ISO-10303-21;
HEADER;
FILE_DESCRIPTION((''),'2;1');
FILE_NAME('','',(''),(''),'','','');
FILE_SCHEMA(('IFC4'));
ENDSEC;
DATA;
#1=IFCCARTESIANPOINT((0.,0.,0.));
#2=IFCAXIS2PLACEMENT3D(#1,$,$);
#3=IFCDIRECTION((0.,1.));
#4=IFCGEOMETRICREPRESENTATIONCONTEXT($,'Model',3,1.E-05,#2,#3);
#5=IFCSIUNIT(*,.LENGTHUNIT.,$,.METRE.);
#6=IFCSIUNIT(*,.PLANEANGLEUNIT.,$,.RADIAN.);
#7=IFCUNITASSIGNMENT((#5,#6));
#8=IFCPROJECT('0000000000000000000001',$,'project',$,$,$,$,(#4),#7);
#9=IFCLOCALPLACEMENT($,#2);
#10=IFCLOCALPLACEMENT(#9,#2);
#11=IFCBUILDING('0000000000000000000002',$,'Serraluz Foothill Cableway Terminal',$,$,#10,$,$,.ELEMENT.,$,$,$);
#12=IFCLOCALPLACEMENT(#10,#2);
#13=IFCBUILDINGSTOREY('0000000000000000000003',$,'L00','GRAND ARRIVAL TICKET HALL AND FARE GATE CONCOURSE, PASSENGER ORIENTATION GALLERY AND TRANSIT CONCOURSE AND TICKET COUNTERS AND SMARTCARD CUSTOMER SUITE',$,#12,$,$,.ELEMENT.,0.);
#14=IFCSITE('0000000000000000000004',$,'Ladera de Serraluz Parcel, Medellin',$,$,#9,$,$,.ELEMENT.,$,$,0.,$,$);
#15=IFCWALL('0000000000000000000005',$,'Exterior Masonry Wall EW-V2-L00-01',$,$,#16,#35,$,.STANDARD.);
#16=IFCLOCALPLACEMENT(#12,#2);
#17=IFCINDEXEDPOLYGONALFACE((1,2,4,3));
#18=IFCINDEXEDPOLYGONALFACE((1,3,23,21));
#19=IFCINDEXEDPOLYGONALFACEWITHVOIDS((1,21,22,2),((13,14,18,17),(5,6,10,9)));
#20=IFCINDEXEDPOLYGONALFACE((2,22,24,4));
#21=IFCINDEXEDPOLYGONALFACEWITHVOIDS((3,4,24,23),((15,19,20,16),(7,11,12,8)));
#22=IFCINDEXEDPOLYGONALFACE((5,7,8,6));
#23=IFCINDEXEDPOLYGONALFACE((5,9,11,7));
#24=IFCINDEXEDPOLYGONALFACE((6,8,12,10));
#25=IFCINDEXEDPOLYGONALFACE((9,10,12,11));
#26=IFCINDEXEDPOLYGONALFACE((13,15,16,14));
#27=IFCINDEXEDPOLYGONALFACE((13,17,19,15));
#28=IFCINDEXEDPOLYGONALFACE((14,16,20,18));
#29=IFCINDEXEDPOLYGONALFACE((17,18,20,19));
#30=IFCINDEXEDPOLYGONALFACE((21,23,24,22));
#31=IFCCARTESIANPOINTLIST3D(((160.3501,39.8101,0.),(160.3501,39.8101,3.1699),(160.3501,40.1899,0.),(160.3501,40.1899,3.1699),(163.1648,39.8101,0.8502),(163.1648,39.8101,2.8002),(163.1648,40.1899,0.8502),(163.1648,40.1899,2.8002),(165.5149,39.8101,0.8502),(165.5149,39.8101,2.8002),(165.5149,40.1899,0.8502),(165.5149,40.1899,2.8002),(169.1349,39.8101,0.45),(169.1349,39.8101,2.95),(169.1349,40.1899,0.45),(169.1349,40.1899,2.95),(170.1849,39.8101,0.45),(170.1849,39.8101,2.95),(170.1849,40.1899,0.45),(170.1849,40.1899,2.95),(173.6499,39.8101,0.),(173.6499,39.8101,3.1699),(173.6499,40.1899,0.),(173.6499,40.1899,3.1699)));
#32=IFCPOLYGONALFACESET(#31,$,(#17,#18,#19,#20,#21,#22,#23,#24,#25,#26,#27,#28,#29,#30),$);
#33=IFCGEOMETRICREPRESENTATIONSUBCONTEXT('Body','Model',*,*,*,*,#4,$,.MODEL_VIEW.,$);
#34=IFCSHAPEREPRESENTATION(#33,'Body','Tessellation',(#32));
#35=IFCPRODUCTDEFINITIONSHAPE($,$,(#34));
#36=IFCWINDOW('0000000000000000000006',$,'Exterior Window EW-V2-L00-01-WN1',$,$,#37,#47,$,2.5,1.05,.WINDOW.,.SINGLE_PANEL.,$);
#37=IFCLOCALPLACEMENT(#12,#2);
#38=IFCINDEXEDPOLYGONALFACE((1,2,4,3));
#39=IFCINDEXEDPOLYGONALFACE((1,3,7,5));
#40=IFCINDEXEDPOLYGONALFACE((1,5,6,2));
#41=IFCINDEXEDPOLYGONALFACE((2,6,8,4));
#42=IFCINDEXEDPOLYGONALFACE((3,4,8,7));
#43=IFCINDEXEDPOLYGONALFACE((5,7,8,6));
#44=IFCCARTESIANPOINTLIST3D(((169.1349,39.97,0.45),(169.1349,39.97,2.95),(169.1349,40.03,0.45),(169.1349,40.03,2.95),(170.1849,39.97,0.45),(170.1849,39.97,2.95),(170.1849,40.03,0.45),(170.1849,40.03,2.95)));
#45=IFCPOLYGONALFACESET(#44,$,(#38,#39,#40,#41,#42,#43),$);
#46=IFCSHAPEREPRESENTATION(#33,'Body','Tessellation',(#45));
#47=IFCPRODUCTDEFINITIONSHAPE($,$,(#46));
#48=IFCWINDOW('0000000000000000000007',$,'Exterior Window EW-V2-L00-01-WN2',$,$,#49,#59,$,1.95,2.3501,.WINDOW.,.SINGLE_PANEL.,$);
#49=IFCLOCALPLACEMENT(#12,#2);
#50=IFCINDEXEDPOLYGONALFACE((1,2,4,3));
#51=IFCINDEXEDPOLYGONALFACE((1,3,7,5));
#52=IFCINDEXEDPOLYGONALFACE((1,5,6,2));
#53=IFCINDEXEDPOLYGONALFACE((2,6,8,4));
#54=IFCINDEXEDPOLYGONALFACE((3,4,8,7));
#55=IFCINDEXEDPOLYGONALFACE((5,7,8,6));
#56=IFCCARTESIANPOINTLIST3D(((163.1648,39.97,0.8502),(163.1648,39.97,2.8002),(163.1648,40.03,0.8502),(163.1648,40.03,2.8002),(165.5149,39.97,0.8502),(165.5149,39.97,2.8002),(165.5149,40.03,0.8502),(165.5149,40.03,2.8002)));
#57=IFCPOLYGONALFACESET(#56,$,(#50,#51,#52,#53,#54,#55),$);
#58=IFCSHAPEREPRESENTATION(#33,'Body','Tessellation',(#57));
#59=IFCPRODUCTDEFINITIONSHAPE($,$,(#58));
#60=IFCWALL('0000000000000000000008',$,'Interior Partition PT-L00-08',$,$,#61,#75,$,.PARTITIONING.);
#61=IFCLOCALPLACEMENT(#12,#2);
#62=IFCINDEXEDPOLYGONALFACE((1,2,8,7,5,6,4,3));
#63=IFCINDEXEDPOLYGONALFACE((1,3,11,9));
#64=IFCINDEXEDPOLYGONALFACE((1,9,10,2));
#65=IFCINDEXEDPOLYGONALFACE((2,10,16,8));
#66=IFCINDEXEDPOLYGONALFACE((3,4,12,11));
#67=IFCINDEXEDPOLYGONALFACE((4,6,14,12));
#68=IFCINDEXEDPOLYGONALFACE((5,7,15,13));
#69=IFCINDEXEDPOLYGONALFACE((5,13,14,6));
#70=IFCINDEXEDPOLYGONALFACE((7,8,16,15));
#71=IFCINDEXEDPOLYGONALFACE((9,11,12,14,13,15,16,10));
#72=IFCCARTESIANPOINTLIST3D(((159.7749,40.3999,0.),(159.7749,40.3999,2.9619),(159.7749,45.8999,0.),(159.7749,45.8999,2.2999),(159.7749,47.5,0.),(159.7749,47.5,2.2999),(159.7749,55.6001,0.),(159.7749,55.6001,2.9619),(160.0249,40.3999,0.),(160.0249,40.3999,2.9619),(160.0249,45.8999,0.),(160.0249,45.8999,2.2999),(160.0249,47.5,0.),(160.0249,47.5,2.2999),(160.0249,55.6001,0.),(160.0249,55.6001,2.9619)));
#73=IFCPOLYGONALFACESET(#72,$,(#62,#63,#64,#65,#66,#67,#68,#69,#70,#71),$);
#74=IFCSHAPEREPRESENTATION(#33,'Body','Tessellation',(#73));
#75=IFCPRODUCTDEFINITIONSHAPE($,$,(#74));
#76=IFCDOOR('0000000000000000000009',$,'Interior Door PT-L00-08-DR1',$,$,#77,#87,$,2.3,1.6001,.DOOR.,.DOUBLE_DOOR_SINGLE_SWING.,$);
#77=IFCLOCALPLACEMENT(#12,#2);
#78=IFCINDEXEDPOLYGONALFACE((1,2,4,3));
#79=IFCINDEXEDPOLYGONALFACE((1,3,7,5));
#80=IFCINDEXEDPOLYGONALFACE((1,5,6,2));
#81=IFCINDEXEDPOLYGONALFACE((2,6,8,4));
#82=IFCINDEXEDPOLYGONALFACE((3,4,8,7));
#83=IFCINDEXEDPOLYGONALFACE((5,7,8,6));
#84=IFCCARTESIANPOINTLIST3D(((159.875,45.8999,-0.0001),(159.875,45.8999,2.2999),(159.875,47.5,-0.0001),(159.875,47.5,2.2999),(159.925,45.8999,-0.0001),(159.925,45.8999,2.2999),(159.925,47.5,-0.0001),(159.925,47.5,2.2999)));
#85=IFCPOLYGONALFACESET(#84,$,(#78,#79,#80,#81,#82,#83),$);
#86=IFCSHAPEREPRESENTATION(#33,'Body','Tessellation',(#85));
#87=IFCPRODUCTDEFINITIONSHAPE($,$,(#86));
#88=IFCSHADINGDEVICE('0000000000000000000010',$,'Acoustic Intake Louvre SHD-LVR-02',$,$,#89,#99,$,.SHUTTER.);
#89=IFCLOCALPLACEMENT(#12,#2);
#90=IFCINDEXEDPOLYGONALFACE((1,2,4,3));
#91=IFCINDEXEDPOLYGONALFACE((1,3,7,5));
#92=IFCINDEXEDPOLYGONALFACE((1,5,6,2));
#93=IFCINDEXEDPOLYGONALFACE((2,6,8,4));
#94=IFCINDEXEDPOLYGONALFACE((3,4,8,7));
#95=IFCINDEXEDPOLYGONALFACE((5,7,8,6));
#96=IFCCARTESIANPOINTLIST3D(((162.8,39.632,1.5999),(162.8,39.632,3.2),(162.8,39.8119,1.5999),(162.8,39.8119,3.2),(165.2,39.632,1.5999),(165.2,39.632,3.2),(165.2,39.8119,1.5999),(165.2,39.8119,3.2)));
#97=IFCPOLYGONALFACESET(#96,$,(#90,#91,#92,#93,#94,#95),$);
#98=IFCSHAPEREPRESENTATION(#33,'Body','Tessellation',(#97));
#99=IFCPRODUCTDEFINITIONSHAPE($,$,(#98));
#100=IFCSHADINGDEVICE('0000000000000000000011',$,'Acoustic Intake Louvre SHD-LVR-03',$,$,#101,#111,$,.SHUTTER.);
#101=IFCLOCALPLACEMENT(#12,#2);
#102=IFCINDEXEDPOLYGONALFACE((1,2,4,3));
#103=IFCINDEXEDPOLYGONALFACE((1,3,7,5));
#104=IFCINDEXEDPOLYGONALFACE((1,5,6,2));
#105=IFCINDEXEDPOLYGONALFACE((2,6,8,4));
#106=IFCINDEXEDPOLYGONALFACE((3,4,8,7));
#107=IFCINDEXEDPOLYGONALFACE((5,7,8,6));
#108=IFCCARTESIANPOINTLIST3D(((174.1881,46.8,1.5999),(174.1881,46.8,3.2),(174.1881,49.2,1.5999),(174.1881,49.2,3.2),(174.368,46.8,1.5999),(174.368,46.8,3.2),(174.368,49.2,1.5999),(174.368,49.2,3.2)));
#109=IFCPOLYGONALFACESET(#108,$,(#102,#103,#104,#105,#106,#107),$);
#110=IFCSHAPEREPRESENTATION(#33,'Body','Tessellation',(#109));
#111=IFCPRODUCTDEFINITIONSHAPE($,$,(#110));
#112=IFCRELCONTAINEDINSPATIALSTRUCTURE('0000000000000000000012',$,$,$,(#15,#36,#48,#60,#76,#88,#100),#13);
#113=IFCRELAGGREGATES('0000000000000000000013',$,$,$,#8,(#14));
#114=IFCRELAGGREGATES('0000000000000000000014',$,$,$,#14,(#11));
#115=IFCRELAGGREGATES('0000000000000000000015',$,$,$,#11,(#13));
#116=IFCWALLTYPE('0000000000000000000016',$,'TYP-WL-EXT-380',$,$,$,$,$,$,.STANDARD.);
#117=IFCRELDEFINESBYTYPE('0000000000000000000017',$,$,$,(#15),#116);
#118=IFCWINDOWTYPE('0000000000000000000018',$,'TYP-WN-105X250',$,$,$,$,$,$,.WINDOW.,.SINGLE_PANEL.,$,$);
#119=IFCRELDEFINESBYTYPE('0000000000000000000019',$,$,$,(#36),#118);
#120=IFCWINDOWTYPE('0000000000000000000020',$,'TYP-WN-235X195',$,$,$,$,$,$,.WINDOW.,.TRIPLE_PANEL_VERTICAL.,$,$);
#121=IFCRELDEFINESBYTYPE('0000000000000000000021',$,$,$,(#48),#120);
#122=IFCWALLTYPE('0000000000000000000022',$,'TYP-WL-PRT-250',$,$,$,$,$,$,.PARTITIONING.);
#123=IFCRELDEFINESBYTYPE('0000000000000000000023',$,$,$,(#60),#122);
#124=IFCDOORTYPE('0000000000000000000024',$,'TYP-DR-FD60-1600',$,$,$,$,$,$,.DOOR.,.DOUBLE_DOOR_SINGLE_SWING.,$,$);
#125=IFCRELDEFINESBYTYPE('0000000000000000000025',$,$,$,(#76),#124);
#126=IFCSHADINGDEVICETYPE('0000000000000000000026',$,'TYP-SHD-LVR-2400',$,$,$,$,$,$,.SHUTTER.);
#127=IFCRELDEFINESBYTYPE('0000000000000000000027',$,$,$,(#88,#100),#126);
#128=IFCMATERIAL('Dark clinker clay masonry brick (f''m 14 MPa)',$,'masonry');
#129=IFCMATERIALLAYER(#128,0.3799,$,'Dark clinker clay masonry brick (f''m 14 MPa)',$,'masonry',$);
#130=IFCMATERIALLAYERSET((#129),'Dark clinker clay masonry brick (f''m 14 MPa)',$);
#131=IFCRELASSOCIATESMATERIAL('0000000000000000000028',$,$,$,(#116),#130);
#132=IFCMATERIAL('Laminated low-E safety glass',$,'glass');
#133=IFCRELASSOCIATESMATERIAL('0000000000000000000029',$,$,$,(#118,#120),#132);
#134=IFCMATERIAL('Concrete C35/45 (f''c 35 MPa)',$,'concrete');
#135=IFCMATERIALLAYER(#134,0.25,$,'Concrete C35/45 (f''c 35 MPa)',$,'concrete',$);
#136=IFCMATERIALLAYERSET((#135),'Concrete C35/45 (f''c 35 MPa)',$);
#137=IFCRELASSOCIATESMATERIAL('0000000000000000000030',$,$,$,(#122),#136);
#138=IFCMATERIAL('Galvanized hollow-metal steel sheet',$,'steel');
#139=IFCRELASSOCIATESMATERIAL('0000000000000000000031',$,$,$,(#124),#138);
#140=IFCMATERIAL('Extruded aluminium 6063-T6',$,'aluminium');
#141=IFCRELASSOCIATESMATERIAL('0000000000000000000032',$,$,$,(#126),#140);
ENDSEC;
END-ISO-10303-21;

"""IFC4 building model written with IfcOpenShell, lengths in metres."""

from ifc_helpers import new_model, si_unit, direction, frame, frame_2d, origin, origin_2d, place, context, subcontext, project, spatial, rectangle, extrude, material, layer, layer_set, type_object, element, fill, save


model = new_model("IFC4")

# Units and contexts
model_context = context("Model", 3, precision=1e-05, world=origin(), true_north=direction((0.0, 1.0)))
body_context = subcontext(model_context, "Body", "Model", "MODEL_VIEW")
ifc_project = project(units=[si_unit("LENGTHUNIT", "METRE"), si_unit("PLANEANGLEUNIT", "RADIAN")], contexts=[model_context])

# Site, building, storey
site_placement = place(None, origin())
site = spatial("IfcSite", under=ifc_project, at=site_placement, Name="Ladera de Serraluz Parcel, Medellin", CompositionType="ELEMENT", RefElevation=0.0)
building_placement = place(site_placement, origin())
building = spatial("IfcBuilding", under=site, at=building_placement, Name="Serraluz Foothill Cableway Terminal", CompositionType="ELEMENT")
storey_placement = place(building_placement, origin())
storey = spatial("IfcBuildingStorey", under=building, at=storey_placement, Name="L00", Description="GRAND ARRIVAL TICKET HALL AND FARE GATE CONCOURSE, PASSENGER ORIENTATION GALLERY AND TRANSIT CONCOURSE AND TICKET COUNTERS AND SMARTCARD CUSTOMER SUITE", CompositionType="ELEMENT", Elevation=0.0)

# Shared definitions
ifc_material_1 = material(Name="Concrete C35/45 (f'c 35 MPa)", Category="concrete")

# Wall, openings, windows
ifc_material_2 = material(Name="Dark clinker clay masonry brick (f'm 14 MPa)", Category="masonry")
ifc_layer_1 = layer(ifc_material_2, 0.3799, Name="Dark clinker clay masonry brick (f'm 14 MPa)", Category="masonry")
ifc_layer_set_1 = layer_set([ifc_layer_1], Name="Dark clinker clay masonry brick (f'm 14 MPa)")
wall_type_1 = type_object("IfcWallType", Name="TYP-WL-EXT-380", PredefinedType="STANDARD", material=ifc_layer_set_1)
wall_1_placement = place(storey_placement, frame((173.6499, 40.0, 0.0), z_axis=(0.0, 0.0, 1.0), x_axis=(-1.0, 0.0, 0.0)))
wall_1 = element("IfcWall", 1, at=wall_1_placement, inside=storey, type_object=wall_type_1, Name="Exterior Masonry Wall EW-V2-L00-01", PredefinedType="STANDARD", context=body_context, shape_type="SweptSolid", body=[
    extrude(rectangle(XDim=13.2998, YDim=0.3799, at=frame_2d((6.6499, 0.0))), origin(), (0.0, 0.0, 1.0), 3.1699),
])
opening_1_placement = place(wall_1_placement, frame((3.4651, 0.0, 0.45)))
opening_1 = element("IfcOpeningElement", 2, at=opening_1_placement, cuts=wall_1, PredefinedType="OPENING", context=body_context, shape_type="SweptSolid", body=[
    extrude(rectangle(XDim=1.05, YDim=2.5, at=frame_2d((0.5249, 1.25))), frame((0.0, 0.2, 0.0), z_axis=(0.0, -1.0, 0.0), x_axis=(1.0, 0.0, 0.0)), (0.0, 0.0, 1.0), 0.3999),
])
opening_2_placement = place(wall_1_placement, frame((8.135, 0.0, 0.8501)))
opening_2 = element("IfcOpeningElement", 3, at=opening_2_placement, cuts=wall_1, PredefinedType="OPENING", context=body_context, shape_type="SweptSolid", body=[
    extrude(rectangle(XDim=2.3501, YDim=1.95, at=frame_2d((1.175, 0.9751))), frame((0.0, 0.2, 0.0), z_axis=(0.0, -1.0, 0.0), x_axis=(1.0, 0.0, 0.0)), (0.0, 0.0, 1.0), 0.3999),
])
ifc_material_3 = material(Name="Laminated low-E safety glass", Category="glass")
window_type_1 = type_object("IfcWindowType", Name="TYP-WN-105X250", PartitioningType="SINGLE_PANEL", PredefinedType="WINDOW", material=ifc_material_3)
window_1_placement = place(opening_1_placement, origin())
window_1 = element("IfcWindow", 4, at=window_1_placement, inside=storey, type_object=window_type_1, Name="Exterior Window EW-V2-L00-01-WN1", OverallHeight=2.5, OverallWidth=1.05, PartitioningType="SINGLE_PANEL", PredefinedType="WINDOW", context=body_context, shape_type="SweptSolid", body=[
    extrude(rectangle(XDim=1.05, YDim=2.5, at=frame_2d((0.5249, 1.25))), frame((0.0, 0.03, 0.0), z_axis=(0.0, -1.0, 0.0), x_axis=(1.0, 0.0, 0.0)), (0.0, 0.0, 1.0), 0.0601),
])
fill(opening_1, window_1)
window_type_2 = type_object("IfcWindowType", Name="TYP-WN-235X195", PartitioningType="TRIPLE_PANEL_VERTICAL", PredefinedType="WINDOW", material=ifc_material_3)
window_2_placement = place(opening_2_placement, origin())
window_2 = element("IfcWindow", 5, at=window_2_placement, inside=storey, type_object=window_type_2, Name="Exterior Window EW-V2-L00-01-WN2", OverallHeight=1.95, OverallWidth=2.3501, PartitioningType="SINGLE_PANEL", PredefinedType="WINDOW", context=body_context, shape_type="SweptSolid", body=[
    extrude(rectangle(XDim=2.3501, YDim=1.95, at=frame_2d((1.175, 0.9751))), frame((0.0, 0.03, 0.0), z_axis=(0.0, -1.0, 0.0), x_axis=(1.0, 0.0, 0.0)), (0.0, 0.0, 1.0), 0.0601),
])
fill(opening_2, window_2)

# Wall, opening, door
ifc_layer_2 = layer(ifc_material_1, 0.25, Name="Concrete C35/45 (f'c 35 MPa)", Category="concrete")
ifc_layer_set_2 = layer_set([ifc_layer_2], Name="Concrete C35/45 (f'c 35 MPa)")
wall_type_2 = type_object("IfcWallType", Name="TYP-WL-PRT-250", PredefinedType="PARTITIONING", material=ifc_layer_set_2)
wall_2_placement = place(storey_placement, frame((159.8999, 40.3999, 0.0), z_axis=(0.0, 0.0, 1.0), x_axis=(0.0, 1.0, 0.0)))
wall_2 = element("IfcWall", 6, at=wall_2_placement, inside=storey, type_object=wall_type_2, Name="Interior Partition PT-L00-08", PredefinedType="PARTITIONING", context=body_context, shape_type="SweptSolid", body=[
    extrude(rectangle(XDim=15.2002, YDim=0.25, at=frame_2d((7.6001, 0.0))), origin(), (0.0, 0.0, 1.0), 2.9619),
])
opening_3_placement = place(wall_2_placement, frame((5.5, 0.0, 0.0)))
opening_3 = element("IfcOpeningElement", 7, at=opening_3_placement, cuts=wall_2, PredefinedType="OPENING", context=body_context, shape_type="SweptSolid", body=[
    extrude(rectangle(XDim=1.6001, YDim=2.3, at=frame_2d((0.8, 1.1499))), frame((0.0, 0.135, 0.0), z_axis=(0.0, -1.0, 0.0), x_axis=(1.0, 0.0, 0.0)), (0.0, 0.0, 1.0), 0.27),
])
ifc_material_4 = material(Name="Galvanized hollow-metal steel sheet", Category="steel")
door_type = type_object("IfcDoorType", Name="TYP-DR-FD60-1600", OperationType="DOUBLE_DOOR_SINGLE_SWING", PredefinedType="DOOR", material=ifc_material_4)
door_placement = place(opening_3_placement, origin())
door = element("IfcDoor", 8, at=door_placement, inside=storey, type_object=door_type, Name="Interior Door PT-L00-08-DR1", OperationType="DOUBLE_DOOR_SINGLE_SWING", OverallHeight=2.3, OverallWidth=1.6001, PredefinedType="DOOR", context=body_context, shape_type="SweptSolid", body=[
    extrude(rectangle(XDim=1.6001, YDim=2.3, at=frame_2d((0.8, 1.1499))), frame((0.0, 0.0249, 0.0), z_axis=(0.0, -1.0, 0.0), x_axis=(1.0, 0.0, 0.0)), (0.0, 0.0, 1.0), 0.05),
])
fill(opening_3, door)

# Shading devices
ifc_material_5 = material(Name="Extruded aluminium 6063-T6", Category="aluminium")
shading_device_type = type_object("IfcShadingDeviceType", Name="TYP-SHD-LVR-2400", PredefinedType="SHUTTER", material=ifc_material_5)
for number, where, z_axis, x_axis, name in (
    (9, (164.0, 39.7219, 1.5999), (0.0, 0.0, 1.0), (1.0, 0.0, 0.0), "Acoustic Intake Louvre SHD-LVR-02"),
    (10, (174.2781, 48.0, 1.5999), (0.0, 0.0, 1.0), (0.0, 1.0, 0.0), "Acoustic Intake Louvre SHD-LVR-03"),
):
    element("IfcShadingDevice", number, at=place(storey_placement, frame(where, z_axis=z_axis, x_axis=x_axis)), inside=storey, type_object=shading_device_type, Name=name, PredefinedType="SHUTTER", context=body_context, shape_type="SweptSolid", body=[
        extrude(rectangle(XDim=2.3999, YDim=0.1799, at=origin_2d()), origin(), (0.0, 0.0, 1.0), 1.6001),
    ])

save(model, "model.ifc")
